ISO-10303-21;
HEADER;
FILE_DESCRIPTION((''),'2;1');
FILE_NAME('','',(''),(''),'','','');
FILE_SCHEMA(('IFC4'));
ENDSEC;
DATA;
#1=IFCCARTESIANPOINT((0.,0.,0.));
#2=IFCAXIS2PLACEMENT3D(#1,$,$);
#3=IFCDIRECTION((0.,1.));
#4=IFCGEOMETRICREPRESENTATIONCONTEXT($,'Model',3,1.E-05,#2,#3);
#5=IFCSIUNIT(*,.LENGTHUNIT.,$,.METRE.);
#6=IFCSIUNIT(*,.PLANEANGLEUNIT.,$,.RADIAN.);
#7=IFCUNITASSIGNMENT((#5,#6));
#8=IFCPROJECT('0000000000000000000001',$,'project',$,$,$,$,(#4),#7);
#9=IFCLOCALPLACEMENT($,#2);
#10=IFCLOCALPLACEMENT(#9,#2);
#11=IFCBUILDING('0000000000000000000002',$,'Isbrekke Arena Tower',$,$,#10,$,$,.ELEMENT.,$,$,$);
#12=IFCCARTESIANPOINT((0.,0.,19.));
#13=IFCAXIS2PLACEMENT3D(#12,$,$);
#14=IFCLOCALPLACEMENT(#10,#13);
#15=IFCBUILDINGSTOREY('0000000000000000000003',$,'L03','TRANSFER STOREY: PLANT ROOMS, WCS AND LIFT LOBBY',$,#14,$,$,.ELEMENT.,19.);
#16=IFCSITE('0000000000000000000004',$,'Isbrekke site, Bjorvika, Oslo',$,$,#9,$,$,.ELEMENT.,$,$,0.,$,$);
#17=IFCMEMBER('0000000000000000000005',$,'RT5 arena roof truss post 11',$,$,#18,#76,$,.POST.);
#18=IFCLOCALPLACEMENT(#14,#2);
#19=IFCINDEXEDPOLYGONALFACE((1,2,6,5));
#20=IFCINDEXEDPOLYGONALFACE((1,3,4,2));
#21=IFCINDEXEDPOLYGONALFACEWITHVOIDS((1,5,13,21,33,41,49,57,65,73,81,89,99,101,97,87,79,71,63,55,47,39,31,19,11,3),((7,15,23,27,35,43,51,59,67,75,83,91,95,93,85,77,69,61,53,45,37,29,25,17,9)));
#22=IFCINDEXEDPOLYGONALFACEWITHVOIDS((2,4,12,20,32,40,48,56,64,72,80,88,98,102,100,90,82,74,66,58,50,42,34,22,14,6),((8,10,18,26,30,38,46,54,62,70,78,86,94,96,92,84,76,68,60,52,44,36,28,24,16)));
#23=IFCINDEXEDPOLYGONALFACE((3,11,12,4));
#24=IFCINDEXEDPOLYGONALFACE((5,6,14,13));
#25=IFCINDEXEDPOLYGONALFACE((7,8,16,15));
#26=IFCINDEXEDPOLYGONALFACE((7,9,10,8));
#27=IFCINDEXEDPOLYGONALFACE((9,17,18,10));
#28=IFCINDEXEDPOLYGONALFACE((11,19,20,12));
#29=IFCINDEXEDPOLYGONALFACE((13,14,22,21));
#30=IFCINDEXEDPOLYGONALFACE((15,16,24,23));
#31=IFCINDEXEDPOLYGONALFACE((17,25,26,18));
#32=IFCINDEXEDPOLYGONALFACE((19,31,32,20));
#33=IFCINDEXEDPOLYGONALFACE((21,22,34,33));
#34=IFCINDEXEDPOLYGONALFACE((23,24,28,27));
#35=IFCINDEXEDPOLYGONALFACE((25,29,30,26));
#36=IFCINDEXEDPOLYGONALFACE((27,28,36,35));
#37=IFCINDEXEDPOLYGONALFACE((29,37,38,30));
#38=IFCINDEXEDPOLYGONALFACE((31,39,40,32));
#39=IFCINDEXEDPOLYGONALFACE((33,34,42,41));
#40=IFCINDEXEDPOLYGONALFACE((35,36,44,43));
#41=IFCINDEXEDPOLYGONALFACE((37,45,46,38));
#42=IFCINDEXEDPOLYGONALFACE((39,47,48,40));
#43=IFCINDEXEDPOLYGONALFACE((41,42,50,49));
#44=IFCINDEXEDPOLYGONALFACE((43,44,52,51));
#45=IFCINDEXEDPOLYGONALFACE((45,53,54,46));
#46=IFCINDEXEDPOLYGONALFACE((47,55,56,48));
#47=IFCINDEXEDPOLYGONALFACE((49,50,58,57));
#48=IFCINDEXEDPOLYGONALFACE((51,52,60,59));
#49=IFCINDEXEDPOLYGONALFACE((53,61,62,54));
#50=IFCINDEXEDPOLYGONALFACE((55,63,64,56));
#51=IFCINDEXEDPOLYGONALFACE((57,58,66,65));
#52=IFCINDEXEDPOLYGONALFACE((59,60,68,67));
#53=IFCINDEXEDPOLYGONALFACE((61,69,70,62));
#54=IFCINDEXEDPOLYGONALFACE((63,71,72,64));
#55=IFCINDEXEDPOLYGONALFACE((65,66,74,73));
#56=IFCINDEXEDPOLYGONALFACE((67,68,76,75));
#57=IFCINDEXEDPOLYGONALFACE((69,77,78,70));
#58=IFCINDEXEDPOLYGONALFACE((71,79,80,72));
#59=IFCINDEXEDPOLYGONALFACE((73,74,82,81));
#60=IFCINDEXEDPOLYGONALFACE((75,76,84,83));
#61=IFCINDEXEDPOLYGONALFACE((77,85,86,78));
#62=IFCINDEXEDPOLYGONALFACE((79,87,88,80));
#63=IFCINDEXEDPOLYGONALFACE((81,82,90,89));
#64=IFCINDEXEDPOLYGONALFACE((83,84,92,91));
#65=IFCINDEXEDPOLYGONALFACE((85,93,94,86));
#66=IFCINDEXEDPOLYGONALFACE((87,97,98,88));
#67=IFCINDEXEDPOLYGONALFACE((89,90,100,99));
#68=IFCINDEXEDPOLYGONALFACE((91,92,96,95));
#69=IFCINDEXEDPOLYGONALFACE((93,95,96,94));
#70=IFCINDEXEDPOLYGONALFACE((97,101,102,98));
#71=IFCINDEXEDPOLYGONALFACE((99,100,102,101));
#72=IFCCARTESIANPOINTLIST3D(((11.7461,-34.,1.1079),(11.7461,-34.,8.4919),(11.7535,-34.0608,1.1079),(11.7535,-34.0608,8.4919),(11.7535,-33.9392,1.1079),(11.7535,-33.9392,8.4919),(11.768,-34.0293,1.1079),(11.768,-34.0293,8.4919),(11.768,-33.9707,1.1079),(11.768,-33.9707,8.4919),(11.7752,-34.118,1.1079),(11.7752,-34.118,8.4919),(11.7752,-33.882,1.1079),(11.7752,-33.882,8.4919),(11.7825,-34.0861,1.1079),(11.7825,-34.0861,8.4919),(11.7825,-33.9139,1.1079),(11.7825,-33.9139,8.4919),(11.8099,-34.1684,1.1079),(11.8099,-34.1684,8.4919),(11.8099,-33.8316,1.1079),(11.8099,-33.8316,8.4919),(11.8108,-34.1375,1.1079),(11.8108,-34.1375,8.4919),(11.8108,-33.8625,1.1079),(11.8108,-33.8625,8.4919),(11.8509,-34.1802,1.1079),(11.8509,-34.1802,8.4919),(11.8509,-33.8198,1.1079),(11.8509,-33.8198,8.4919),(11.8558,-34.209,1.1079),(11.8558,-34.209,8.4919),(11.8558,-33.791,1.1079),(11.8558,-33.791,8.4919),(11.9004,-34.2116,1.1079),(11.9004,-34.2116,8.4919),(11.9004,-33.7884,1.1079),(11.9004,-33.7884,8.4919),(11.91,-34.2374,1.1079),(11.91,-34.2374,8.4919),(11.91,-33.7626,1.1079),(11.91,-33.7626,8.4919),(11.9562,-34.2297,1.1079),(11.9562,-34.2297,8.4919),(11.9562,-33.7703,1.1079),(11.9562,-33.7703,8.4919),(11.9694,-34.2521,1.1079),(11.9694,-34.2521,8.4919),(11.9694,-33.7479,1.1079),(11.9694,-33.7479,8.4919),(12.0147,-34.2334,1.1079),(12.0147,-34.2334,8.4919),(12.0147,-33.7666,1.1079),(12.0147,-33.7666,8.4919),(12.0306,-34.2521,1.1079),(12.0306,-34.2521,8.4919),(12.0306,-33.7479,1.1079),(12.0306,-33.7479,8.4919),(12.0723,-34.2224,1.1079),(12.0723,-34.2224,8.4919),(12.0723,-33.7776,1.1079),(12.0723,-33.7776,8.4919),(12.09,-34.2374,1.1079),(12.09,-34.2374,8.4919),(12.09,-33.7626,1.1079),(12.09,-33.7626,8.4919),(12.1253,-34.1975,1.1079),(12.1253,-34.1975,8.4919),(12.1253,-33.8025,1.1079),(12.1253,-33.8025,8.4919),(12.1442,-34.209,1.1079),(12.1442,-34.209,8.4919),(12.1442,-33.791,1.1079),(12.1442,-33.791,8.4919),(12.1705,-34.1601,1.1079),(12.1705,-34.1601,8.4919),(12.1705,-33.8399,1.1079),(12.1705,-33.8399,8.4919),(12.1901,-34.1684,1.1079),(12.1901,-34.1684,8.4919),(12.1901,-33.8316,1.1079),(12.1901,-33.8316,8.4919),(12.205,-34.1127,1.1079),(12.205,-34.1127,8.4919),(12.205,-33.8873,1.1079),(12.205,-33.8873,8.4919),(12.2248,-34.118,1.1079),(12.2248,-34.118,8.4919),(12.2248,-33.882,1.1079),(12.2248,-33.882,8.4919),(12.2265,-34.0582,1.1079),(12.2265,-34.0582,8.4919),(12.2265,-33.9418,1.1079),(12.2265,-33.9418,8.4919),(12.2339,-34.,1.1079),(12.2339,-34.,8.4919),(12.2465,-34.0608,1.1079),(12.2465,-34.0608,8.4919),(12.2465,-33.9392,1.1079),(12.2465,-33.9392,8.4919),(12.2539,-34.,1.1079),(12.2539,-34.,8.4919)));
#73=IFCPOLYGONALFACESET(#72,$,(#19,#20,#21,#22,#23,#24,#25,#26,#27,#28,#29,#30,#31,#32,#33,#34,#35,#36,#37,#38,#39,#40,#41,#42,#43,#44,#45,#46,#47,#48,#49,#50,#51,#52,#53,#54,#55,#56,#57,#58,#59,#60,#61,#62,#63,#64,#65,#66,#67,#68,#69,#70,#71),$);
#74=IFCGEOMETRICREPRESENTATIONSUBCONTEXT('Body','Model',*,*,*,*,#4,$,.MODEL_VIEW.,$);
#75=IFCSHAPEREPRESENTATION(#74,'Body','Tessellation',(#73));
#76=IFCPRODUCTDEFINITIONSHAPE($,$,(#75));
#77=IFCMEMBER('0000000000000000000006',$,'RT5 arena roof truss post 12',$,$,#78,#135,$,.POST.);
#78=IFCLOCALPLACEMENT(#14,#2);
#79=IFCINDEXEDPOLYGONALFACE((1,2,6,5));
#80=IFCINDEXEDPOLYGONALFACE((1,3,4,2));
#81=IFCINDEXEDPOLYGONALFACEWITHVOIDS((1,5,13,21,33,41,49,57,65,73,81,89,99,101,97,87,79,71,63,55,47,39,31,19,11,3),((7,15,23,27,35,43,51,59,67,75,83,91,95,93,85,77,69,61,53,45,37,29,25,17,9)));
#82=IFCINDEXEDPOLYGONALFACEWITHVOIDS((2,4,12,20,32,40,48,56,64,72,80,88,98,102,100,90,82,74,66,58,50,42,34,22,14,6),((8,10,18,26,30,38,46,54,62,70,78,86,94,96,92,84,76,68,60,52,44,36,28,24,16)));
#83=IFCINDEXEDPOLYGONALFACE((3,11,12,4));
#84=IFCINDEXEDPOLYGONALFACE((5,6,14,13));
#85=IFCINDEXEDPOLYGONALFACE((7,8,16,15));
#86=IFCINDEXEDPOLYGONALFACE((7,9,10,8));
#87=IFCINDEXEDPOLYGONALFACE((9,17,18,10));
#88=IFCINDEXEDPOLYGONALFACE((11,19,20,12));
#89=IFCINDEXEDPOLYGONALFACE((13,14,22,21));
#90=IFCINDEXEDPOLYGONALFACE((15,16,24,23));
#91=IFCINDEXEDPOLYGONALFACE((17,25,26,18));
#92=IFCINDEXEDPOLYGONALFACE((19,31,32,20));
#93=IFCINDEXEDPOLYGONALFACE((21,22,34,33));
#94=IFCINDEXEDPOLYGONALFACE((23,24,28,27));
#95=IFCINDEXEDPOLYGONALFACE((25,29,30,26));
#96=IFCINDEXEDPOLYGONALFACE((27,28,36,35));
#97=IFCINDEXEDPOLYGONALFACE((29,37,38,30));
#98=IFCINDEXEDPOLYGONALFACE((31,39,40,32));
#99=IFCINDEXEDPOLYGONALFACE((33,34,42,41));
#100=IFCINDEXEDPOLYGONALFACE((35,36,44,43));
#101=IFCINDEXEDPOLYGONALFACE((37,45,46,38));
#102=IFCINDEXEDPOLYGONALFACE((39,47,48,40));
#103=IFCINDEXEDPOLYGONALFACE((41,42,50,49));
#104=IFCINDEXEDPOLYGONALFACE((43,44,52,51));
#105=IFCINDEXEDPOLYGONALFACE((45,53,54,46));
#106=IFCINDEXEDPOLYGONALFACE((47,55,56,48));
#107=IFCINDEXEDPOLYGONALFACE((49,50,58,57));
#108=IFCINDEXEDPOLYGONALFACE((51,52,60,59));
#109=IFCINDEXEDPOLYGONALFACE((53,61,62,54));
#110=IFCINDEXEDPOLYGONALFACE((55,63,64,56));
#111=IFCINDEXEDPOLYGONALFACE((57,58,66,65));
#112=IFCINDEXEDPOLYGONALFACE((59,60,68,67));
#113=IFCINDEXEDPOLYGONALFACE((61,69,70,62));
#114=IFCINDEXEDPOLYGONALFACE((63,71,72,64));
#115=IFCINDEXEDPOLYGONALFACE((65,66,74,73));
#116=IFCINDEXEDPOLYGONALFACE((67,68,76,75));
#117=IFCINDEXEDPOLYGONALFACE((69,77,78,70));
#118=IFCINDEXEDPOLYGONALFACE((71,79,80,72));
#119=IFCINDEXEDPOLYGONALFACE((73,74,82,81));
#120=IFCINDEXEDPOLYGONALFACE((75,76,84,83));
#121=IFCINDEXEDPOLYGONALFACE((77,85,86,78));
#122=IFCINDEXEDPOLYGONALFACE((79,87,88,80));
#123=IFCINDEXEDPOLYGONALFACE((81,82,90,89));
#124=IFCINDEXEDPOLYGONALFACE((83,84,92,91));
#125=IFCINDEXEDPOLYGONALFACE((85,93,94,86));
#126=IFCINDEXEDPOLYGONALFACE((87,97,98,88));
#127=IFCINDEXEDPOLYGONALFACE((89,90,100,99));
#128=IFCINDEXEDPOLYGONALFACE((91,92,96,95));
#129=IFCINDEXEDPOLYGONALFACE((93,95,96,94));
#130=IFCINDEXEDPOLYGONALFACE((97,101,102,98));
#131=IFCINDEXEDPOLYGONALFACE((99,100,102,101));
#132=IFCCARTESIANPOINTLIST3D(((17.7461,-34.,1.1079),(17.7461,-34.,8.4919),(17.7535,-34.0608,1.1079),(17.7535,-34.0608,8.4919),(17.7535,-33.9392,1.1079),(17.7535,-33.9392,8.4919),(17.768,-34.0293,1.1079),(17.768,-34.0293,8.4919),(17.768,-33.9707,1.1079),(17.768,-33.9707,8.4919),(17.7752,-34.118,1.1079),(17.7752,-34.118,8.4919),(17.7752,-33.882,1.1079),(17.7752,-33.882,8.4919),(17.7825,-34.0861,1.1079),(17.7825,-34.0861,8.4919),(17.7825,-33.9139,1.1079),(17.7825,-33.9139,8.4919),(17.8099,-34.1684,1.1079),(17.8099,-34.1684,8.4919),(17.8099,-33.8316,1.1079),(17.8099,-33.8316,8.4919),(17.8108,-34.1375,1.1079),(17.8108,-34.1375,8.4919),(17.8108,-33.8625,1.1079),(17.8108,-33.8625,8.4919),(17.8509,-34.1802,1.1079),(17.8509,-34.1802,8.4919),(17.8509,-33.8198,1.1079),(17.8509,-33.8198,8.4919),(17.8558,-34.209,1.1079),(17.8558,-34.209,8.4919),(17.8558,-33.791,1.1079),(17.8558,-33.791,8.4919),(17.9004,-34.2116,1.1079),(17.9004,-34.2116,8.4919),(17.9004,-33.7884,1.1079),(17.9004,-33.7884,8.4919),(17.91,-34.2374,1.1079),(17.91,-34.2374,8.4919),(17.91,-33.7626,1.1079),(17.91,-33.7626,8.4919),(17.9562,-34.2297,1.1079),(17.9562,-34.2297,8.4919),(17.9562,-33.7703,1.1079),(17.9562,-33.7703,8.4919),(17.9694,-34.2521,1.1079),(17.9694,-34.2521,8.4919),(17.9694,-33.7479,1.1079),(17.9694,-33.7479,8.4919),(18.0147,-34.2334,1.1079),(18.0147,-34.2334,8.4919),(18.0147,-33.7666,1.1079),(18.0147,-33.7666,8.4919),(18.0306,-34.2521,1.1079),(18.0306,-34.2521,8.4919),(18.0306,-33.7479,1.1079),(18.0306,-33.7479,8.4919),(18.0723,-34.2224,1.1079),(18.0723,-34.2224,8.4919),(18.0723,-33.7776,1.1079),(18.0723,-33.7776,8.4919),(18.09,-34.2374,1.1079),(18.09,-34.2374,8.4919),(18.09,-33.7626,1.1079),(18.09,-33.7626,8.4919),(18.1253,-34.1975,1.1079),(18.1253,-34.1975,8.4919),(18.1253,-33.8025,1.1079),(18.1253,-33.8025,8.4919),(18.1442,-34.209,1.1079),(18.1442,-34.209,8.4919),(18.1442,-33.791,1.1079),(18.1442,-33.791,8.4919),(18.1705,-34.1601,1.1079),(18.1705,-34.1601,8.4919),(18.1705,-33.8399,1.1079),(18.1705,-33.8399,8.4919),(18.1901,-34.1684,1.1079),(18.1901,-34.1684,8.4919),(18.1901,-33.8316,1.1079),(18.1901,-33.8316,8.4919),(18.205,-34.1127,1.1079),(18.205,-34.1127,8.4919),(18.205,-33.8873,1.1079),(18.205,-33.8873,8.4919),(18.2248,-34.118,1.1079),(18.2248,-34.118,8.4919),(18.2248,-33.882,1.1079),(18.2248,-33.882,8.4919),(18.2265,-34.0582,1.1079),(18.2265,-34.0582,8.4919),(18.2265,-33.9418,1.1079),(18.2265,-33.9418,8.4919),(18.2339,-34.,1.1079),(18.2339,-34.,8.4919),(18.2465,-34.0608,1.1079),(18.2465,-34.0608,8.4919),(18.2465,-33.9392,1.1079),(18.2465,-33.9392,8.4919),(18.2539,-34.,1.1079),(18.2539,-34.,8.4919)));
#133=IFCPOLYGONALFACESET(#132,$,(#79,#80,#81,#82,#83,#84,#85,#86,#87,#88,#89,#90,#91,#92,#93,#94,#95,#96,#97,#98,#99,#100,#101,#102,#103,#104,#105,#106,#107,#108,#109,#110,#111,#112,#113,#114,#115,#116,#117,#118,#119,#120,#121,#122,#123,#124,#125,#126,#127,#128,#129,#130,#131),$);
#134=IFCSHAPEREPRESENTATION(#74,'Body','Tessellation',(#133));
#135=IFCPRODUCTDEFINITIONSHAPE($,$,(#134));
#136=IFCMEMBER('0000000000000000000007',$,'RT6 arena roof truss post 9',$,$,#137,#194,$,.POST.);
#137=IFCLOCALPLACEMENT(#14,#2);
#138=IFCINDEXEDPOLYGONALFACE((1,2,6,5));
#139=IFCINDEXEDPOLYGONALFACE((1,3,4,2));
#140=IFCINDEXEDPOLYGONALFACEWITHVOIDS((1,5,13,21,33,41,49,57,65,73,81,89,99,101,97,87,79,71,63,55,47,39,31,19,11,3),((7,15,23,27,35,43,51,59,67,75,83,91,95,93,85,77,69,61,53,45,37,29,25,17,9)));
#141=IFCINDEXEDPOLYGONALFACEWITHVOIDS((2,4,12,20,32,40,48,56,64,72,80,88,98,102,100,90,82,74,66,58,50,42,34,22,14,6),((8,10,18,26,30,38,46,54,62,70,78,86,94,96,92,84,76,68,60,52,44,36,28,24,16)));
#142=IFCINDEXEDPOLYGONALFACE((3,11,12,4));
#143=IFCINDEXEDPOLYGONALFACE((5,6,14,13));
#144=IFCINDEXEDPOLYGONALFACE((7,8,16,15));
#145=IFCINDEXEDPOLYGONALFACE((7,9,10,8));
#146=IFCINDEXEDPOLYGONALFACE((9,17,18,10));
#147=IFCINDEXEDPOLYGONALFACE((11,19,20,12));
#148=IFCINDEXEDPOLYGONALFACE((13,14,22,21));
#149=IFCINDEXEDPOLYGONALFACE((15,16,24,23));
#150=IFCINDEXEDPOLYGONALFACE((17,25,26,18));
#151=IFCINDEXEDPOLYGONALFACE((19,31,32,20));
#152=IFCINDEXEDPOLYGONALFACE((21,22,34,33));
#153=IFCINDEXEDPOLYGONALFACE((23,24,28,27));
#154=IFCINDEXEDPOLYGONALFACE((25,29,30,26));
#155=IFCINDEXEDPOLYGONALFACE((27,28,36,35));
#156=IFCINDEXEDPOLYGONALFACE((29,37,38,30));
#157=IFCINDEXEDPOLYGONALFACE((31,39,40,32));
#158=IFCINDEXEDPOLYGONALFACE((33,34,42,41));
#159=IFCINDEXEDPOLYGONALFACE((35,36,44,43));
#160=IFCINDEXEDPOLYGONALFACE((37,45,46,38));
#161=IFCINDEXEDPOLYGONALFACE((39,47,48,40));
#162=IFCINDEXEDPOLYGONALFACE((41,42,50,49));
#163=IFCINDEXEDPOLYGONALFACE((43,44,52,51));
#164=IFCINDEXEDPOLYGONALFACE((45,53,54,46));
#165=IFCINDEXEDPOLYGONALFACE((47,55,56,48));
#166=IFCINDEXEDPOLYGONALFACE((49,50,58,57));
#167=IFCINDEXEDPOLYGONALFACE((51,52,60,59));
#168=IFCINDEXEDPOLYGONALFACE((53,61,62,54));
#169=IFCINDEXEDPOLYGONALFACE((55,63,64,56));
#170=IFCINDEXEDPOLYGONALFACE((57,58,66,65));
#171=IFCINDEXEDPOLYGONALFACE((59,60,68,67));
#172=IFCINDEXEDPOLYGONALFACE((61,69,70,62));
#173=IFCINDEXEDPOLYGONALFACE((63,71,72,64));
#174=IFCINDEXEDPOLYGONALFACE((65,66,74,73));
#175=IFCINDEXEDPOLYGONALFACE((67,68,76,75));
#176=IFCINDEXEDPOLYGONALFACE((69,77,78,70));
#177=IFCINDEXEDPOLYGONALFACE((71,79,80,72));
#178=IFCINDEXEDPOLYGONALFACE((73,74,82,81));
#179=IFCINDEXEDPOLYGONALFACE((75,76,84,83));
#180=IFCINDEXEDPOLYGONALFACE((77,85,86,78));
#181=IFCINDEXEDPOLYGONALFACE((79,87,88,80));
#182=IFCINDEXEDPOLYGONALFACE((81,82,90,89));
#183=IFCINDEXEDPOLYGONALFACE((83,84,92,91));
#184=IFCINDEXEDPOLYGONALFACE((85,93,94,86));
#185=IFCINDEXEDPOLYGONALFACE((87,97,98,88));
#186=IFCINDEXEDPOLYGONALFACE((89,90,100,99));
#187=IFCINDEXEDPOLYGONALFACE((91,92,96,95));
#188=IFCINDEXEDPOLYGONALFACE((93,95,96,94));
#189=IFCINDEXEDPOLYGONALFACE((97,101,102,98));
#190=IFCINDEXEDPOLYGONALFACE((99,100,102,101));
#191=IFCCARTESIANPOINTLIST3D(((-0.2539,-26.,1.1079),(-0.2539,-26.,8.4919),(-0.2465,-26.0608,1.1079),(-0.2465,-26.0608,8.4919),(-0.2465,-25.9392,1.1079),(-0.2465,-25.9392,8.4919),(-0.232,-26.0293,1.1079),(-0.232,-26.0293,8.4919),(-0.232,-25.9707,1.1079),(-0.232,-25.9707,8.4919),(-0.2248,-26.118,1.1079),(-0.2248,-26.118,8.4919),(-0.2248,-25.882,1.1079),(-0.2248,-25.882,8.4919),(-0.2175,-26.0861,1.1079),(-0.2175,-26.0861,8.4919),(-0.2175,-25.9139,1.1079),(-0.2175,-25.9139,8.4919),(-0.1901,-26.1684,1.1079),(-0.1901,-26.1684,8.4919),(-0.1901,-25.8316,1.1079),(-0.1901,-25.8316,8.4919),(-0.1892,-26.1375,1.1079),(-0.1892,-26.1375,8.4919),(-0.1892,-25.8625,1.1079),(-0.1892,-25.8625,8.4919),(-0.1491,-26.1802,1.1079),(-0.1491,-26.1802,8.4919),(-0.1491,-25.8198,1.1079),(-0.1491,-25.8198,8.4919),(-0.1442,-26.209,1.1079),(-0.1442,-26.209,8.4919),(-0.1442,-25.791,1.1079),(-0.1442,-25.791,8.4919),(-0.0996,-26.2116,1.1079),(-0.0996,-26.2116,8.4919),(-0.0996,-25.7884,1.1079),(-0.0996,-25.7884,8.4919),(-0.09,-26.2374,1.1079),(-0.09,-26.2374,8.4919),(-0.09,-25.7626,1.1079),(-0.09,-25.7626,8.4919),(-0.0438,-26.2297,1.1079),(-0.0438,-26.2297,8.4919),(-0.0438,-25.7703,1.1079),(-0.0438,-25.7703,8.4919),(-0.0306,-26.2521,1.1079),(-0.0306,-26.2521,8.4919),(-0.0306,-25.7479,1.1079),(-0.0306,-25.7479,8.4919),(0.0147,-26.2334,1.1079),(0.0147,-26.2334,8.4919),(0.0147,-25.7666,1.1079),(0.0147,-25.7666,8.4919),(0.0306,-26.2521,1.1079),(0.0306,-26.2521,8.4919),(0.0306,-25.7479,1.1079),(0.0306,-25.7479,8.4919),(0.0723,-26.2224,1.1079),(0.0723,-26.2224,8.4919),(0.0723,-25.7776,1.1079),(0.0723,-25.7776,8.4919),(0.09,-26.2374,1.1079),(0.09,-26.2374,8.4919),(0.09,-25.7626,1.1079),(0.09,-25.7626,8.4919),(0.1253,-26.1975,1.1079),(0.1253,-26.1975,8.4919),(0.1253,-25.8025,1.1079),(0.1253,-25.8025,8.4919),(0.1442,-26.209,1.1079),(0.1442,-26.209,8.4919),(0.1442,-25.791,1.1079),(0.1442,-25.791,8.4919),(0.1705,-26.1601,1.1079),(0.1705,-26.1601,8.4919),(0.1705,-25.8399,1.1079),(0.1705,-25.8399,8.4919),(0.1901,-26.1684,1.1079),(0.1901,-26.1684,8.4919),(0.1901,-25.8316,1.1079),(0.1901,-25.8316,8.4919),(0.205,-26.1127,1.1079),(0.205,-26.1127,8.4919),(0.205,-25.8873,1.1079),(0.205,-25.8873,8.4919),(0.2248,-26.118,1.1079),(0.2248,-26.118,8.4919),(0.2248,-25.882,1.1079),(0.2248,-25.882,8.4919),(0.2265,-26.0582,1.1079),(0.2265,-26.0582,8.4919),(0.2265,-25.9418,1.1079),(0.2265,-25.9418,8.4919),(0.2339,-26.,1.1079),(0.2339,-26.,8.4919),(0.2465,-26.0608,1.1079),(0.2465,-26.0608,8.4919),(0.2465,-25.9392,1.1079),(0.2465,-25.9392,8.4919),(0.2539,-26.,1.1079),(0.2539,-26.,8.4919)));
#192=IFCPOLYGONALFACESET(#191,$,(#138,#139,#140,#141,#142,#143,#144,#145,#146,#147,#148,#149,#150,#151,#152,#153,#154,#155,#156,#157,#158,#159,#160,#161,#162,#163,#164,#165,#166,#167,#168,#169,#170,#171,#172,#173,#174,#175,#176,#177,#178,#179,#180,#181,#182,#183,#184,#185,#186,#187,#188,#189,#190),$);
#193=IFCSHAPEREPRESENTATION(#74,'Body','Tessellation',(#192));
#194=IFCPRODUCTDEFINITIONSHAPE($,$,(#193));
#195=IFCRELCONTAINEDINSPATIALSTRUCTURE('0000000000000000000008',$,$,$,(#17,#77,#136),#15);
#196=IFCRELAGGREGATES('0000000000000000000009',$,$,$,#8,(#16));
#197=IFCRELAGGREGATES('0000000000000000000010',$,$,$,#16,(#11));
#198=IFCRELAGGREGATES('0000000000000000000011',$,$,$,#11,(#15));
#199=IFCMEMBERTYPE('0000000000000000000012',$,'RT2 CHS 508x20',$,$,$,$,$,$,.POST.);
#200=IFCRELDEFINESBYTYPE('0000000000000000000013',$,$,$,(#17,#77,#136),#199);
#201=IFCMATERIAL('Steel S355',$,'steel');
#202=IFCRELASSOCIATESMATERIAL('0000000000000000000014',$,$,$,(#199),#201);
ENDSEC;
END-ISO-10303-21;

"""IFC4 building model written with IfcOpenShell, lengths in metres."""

from ifc_helpers import new_model, si_unit, direction, frame, origin, origin_2d, place, context, subcontext, project, spatial, hollow_circle, extrude, material, material_profile, profile_set, type_object, element, save


model = new_model("IFC4")

# Units and contexts
model_context = context("Model", 3, precision=1e-05, world=origin(), true_north=direction((0.0, 1.0)))
body_context = subcontext(model_context, "Body", "Model", "MODEL_VIEW")
ifc_project = project(units=[si_unit("LENGTHUNIT", "METRE"), si_unit("PLANEANGLEUNIT", "RADIAN")], contexts=[model_context])

# Site, building, storey
site_placement = place(None, origin())
site = spatial("IfcSite", under=ifc_project, at=site_placement, Name="Isbrekke site, Bjorvika, Oslo", CompositionType="ELEMENT", RefElevation=0.0)
building_placement = place(site_placement, origin())
building = spatial("IfcBuilding", under=site, at=building_placement, Name="Isbrekke Arena Tower", CompositionType="ELEMENT")
storey_placement = place(building_placement, frame((0.0, 0.0, 19.0)))
storey = spatial("IfcBuildingStorey", under=building, at=storey_placement, Name="L03", Description="TRANSFER STOREY: PLANT ROOMS, WCS AND LIFT LOBBY", CompositionType="ELEMENT", Elevation=19.0)

# Members
ifc_material_1 = material(Name="Steel S355", Category="steel")
ifc_material_profile_1 = material_profile(ifc_material_1, hollow_circle(Radius=0.2539, WallThickness=0.02, at=origin_2d()), Name="CHS 508x20")
ifc_profile_set_1 = profile_set([ifc_material_profile_1], Name="Steel S355")
member_type_1 = type_object("IfcMemberType", Name="RT2 CHS 508x20", PredefinedType="POST", material=ifc_profile_set_1)
for number, where, z_axis, x_axis, name in (
    (1, (12.0, -34.0, 1.1079), (0.0, 0.0, 1.0), (1.0, 0.0, 0.0), "RT5 arena roof truss post 11"),
    (2, (18.0, -34.0, 1.1079), (0.0, 0.0, 1.0), (1.0, 0.0, 0.0), "RT5 arena roof truss post 12"),
    (3, (0.0, -26.0, 1.1079), (0.0, 0.0, 1.0), (1.0, 0.0, 0.0), "RT6 arena roof truss post 9"),
):
    element("IfcMember", number, at=place(storey_placement, frame(where, z_axis=z_axis, x_axis=x_axis)), inside=storey, type_object=member_type_1, Name=name, PredefinedType="POST", context=body_context, shape_type="SweptSolid", body=[
        extrude(hollow_circle(Radius=0.2539, WallThickness=0.02, at=origin_2d()), origin(), (0.0, 0.0, 1.0), 7.384),
    ])

save(model, "model.ifc")
